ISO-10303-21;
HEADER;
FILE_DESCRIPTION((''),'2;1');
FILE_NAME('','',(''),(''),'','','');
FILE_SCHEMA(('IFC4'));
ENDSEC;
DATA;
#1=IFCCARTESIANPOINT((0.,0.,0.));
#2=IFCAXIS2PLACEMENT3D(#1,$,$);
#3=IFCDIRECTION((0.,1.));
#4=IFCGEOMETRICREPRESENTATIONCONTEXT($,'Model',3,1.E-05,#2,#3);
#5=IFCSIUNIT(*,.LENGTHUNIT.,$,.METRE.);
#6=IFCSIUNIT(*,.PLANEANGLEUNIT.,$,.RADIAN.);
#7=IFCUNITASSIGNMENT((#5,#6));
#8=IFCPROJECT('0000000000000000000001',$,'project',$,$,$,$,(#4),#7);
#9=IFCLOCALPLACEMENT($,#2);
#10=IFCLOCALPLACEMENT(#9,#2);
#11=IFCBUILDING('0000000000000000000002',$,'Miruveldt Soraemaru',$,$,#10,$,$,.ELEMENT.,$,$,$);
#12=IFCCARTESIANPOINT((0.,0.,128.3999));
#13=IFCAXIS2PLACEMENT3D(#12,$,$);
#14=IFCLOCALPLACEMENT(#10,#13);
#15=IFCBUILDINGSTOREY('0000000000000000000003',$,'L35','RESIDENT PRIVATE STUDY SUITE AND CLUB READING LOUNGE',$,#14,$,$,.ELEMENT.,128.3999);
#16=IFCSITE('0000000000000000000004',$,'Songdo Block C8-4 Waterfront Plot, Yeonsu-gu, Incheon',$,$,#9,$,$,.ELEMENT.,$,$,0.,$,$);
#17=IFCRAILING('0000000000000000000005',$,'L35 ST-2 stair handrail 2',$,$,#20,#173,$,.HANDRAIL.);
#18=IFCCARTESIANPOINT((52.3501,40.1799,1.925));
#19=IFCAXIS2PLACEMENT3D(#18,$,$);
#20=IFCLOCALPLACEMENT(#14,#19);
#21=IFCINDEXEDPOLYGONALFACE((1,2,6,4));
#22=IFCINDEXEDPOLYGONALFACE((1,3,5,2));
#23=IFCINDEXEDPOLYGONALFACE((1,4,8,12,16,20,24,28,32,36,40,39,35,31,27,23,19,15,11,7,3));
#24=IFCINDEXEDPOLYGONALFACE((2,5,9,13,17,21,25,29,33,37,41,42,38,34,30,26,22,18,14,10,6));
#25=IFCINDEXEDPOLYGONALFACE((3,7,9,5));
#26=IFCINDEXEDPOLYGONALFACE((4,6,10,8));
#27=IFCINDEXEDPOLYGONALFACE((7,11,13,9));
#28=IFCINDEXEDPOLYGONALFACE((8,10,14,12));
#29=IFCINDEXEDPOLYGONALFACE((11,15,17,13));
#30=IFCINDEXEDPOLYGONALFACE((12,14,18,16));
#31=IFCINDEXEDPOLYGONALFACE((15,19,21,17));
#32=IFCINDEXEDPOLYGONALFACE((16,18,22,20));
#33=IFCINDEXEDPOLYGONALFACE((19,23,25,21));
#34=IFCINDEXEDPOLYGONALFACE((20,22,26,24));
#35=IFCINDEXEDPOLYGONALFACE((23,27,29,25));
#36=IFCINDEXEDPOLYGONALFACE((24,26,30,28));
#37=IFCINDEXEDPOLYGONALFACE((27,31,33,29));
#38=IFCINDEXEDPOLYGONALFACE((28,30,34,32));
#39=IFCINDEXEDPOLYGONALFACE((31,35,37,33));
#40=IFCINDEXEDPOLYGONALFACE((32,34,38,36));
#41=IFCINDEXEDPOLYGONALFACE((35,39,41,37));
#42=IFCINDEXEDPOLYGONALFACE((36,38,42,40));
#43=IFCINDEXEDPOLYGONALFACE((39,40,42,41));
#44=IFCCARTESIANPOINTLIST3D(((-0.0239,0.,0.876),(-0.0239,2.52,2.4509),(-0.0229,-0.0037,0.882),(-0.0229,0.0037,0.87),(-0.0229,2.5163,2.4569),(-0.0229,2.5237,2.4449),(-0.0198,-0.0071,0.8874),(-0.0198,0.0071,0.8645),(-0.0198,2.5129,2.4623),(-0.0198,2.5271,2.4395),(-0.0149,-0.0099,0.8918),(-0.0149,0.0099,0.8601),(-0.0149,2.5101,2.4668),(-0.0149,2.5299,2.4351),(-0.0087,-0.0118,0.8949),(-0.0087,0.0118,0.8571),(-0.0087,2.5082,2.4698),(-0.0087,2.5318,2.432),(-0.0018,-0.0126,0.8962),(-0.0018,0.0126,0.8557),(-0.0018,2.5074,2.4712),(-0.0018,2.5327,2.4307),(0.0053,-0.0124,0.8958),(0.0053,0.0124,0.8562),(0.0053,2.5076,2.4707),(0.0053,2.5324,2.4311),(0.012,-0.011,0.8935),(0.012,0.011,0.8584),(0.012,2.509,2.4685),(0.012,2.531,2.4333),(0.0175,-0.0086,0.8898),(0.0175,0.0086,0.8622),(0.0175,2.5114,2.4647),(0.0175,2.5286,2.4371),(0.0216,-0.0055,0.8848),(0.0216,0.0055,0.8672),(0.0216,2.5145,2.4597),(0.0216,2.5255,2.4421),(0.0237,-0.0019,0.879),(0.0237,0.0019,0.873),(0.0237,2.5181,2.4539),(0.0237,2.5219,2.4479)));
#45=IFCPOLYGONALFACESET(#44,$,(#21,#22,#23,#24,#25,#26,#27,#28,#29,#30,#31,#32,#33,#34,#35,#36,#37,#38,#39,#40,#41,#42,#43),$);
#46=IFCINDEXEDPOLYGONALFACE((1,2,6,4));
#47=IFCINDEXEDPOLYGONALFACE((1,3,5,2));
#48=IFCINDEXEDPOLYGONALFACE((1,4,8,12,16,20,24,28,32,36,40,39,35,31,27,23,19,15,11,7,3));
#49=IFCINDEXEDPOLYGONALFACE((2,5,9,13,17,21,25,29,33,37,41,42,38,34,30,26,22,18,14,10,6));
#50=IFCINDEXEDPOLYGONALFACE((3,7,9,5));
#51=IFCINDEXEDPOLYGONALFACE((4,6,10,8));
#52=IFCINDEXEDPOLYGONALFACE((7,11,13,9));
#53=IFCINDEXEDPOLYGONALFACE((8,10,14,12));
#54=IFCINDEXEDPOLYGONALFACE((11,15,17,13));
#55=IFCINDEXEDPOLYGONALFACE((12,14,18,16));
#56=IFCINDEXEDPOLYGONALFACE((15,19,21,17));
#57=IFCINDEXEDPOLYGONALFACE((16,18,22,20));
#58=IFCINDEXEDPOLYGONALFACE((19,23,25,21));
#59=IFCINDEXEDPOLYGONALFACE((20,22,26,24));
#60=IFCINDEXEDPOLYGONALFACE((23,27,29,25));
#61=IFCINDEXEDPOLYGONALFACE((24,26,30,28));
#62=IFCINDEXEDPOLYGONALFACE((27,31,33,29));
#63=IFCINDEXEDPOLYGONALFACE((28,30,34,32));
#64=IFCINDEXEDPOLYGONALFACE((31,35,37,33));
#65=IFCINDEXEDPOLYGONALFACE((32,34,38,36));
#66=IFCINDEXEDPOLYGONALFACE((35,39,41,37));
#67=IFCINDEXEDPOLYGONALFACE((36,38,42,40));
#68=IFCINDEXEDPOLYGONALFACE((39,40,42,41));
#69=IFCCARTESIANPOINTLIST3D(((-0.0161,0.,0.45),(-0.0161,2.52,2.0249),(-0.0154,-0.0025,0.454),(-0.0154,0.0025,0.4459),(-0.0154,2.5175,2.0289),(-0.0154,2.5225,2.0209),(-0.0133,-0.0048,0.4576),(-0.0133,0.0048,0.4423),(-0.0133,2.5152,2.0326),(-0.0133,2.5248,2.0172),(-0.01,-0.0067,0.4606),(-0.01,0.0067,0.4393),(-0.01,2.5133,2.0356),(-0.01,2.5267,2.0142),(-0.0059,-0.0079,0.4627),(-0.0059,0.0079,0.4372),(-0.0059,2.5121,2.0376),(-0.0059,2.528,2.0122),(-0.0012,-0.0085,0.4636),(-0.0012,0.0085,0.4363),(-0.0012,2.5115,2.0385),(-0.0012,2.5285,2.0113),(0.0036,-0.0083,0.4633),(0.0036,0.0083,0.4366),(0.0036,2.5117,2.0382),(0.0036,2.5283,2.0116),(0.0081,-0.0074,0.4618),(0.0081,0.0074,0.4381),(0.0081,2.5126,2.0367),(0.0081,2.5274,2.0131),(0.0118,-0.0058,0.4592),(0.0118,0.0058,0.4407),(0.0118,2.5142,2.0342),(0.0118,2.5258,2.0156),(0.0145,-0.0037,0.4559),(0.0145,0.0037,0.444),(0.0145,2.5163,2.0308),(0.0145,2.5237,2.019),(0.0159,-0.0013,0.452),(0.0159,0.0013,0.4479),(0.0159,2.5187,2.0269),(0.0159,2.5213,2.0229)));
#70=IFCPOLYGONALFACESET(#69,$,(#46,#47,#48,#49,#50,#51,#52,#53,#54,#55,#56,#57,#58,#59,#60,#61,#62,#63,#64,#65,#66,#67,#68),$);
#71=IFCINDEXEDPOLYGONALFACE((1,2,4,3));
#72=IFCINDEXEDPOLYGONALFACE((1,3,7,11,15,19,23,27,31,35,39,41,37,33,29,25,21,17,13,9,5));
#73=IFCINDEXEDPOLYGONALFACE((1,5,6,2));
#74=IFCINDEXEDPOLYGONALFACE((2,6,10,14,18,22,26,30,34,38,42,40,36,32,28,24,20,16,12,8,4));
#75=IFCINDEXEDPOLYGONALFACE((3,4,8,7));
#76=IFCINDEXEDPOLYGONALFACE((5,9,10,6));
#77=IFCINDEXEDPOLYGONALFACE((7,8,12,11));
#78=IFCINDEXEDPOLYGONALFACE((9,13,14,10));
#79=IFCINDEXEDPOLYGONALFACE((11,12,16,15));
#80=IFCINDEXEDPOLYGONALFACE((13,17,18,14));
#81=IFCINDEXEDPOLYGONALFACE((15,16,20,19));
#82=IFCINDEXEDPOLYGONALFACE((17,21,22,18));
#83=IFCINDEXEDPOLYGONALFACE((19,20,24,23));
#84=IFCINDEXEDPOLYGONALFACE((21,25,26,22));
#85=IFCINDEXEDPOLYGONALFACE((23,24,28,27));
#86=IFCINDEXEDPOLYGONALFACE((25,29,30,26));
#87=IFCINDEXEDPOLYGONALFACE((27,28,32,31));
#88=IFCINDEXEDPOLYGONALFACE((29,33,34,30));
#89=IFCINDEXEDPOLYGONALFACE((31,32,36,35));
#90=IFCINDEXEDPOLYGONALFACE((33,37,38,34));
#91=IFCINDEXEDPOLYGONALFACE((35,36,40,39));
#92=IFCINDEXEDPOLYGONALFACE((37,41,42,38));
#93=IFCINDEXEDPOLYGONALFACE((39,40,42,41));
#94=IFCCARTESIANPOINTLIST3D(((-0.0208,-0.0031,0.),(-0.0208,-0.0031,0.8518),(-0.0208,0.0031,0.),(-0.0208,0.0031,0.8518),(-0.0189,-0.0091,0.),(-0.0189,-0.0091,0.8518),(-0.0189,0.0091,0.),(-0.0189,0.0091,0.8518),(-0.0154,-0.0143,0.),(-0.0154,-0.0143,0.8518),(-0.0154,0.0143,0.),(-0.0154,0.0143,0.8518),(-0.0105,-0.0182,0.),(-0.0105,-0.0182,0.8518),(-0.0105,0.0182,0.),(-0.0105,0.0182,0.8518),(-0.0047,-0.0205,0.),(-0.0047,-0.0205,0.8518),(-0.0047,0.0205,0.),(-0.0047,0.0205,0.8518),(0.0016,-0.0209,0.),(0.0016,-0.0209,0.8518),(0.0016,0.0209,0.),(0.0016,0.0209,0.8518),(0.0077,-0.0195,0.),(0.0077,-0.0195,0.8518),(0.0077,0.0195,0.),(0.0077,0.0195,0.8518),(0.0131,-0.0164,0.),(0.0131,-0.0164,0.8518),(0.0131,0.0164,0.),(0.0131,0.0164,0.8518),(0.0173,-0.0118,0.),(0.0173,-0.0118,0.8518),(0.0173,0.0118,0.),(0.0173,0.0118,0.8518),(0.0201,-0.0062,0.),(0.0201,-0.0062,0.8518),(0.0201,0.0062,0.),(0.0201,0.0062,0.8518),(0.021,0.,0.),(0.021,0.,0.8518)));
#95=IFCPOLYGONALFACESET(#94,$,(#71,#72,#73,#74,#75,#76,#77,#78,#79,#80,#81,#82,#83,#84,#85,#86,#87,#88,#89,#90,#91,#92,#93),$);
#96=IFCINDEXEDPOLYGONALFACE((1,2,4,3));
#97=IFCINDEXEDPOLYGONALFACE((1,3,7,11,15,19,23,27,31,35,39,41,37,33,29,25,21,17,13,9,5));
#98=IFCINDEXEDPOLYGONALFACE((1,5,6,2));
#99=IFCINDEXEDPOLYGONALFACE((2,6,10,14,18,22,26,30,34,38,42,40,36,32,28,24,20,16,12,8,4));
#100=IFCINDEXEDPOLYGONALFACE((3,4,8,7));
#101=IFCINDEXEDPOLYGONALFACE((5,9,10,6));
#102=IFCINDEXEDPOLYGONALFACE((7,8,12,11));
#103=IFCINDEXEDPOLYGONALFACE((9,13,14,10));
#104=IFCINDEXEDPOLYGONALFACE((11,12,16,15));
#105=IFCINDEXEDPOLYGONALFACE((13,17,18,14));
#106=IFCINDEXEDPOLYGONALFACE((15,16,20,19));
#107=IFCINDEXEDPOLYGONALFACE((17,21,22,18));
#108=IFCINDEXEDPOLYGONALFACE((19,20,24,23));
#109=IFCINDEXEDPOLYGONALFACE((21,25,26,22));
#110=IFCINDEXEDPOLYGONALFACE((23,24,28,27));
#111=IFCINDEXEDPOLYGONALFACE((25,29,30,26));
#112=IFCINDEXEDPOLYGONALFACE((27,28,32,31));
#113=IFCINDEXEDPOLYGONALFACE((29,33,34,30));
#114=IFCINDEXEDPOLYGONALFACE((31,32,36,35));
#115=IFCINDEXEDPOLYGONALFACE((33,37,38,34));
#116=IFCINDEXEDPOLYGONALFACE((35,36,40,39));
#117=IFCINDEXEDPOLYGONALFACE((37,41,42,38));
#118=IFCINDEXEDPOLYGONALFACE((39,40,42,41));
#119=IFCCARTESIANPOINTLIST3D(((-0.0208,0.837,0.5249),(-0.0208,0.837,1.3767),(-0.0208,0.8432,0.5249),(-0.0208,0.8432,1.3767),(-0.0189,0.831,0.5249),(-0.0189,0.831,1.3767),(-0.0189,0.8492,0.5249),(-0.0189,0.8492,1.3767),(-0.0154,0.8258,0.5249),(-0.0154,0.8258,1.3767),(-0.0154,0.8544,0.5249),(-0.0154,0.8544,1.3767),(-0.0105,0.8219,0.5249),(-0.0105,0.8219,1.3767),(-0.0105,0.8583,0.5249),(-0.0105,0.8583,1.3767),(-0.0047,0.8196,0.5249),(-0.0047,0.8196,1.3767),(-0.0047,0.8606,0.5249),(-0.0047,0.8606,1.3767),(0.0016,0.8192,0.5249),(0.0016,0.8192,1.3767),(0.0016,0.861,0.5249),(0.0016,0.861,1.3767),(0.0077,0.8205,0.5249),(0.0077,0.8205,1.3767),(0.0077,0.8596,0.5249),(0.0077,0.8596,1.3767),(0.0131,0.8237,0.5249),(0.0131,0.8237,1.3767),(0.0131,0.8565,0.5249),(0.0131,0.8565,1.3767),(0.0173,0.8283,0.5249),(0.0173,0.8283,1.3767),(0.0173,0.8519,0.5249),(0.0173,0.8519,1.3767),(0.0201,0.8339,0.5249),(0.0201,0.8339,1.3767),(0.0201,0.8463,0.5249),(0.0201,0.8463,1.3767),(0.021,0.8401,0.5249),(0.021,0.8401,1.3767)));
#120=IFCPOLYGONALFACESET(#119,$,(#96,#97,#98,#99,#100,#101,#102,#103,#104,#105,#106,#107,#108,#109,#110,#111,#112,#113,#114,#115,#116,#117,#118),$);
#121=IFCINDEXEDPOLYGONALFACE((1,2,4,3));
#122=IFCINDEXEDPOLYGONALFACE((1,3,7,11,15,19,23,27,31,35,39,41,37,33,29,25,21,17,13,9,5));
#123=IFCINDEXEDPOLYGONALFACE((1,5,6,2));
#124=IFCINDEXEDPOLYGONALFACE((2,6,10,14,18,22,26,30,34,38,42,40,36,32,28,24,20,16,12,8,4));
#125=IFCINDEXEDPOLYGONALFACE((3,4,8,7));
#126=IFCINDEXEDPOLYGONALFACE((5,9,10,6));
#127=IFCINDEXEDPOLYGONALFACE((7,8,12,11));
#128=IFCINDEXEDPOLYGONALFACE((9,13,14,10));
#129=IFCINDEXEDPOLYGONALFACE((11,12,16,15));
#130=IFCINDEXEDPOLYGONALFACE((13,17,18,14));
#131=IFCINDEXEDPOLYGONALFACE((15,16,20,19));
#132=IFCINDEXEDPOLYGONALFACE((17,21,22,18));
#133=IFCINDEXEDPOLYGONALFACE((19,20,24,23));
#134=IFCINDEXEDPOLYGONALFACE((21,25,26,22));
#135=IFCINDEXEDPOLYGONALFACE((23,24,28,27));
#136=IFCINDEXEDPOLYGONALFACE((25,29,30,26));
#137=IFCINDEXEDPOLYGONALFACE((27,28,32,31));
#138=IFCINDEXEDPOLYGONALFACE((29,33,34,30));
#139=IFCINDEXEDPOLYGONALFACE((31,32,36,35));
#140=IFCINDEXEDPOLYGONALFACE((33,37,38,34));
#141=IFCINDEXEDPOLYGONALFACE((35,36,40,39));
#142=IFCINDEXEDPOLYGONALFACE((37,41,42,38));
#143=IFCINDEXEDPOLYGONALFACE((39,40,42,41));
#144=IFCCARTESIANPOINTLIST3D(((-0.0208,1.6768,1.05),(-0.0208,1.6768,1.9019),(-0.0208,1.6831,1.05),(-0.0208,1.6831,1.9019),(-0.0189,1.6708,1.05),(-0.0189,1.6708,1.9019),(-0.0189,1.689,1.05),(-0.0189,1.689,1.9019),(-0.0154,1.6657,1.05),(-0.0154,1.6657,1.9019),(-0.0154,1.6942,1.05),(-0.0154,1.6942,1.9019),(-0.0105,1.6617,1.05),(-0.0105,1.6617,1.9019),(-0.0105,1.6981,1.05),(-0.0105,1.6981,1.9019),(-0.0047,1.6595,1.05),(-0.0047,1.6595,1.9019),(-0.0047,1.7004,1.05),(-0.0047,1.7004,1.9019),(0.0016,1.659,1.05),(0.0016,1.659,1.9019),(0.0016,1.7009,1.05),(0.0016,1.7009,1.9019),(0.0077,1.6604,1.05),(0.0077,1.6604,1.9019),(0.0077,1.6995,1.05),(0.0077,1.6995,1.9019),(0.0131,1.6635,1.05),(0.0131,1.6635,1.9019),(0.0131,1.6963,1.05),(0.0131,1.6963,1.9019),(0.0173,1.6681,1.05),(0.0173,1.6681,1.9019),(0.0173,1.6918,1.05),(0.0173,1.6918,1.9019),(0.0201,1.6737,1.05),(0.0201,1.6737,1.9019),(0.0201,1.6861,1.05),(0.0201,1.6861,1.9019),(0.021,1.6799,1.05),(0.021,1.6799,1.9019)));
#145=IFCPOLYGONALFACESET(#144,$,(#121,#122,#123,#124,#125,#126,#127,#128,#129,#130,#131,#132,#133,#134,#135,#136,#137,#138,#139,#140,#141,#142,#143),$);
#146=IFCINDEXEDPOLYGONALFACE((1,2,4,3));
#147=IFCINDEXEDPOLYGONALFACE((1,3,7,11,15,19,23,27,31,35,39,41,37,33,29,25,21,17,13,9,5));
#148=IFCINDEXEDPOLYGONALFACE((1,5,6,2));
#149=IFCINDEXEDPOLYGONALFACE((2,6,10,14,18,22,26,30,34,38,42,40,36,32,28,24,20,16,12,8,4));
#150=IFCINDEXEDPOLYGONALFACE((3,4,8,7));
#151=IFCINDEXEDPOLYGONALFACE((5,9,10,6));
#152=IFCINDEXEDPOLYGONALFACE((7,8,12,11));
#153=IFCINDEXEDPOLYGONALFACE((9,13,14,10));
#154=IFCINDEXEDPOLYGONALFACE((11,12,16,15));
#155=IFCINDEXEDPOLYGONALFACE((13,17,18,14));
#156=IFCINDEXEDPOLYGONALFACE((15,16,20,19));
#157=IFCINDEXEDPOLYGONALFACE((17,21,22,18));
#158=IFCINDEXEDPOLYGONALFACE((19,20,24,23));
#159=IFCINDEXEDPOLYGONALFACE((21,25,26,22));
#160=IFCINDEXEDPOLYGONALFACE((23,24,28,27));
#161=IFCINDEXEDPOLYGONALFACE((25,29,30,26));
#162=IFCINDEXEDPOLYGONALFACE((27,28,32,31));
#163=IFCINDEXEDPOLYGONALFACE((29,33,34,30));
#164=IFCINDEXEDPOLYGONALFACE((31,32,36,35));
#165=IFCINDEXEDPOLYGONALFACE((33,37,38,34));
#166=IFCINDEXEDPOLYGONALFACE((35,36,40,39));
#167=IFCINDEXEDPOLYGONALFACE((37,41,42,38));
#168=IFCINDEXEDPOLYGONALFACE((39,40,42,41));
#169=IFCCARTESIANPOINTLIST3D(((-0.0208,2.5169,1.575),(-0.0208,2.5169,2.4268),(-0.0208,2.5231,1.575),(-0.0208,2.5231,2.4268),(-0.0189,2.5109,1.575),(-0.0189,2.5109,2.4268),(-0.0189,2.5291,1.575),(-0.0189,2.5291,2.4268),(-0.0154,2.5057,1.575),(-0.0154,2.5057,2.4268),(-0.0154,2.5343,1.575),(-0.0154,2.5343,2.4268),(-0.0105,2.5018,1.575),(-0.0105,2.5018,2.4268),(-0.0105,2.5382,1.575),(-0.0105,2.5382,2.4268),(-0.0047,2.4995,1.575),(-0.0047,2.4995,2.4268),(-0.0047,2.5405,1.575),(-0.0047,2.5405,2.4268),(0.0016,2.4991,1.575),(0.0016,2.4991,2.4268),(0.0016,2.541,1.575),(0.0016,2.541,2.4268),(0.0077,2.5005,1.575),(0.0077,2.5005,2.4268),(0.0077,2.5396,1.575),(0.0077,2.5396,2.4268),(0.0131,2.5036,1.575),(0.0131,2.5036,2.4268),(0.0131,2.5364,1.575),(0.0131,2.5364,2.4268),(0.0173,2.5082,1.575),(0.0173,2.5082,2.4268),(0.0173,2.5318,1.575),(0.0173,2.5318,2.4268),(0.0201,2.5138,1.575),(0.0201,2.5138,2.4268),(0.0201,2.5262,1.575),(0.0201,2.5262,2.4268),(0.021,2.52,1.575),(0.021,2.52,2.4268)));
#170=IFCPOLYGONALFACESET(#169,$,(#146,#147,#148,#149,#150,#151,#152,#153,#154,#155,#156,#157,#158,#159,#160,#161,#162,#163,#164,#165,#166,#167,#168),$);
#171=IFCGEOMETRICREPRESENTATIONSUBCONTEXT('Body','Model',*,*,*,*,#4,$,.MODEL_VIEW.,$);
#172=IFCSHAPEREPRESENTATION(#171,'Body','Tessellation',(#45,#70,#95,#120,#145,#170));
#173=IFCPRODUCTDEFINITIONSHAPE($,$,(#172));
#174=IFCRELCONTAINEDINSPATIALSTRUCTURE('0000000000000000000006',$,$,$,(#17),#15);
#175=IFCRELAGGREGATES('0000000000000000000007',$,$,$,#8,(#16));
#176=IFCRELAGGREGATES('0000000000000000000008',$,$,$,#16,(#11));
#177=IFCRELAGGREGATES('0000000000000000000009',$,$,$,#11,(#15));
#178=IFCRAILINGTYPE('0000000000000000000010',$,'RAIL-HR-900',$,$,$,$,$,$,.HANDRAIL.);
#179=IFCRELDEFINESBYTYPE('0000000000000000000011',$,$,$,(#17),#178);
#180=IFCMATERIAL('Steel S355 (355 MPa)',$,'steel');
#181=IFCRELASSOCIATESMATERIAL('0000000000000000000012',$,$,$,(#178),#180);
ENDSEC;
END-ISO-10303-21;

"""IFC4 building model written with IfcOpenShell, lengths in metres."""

from ifc_helpers import new_model, si_unit, direction, frame, origin, origin_2d, place, context, subcontext, project, spatial, circle, extrude, material, type_object, element, save


model = new_model("IFC4")

# Units and contexts
model_context = context("Model", 3, precision=1e-05, world=origin(), true_north=direction((0.0, 1.0)))
body_context = subcontext(model_context, "Body", "Model", "MODEL_VIEW")
ifc_project = project(units=[si_unit("LENGTHUNIT", "METRE"), si_unit("PLANEANGLEUNIT", "RADIAN")], contexts=[model_context])

# Site, building, storey
site_placement = place(None, origin())
site = spatial("IfcSite", under=ifc_project, at=site_placement, Name="Songdo Block C8-4 Waterfront Plot, Yeonsu-gu, Incheon", CompositionType="ELEMENT", RefElevation=0.0)
building_placement = place(site_placement, origin())
building = spatial("IfcBuilding", under=site, at=building_placement, Name="Miruveldt Soraemaru", CompositionType="ELEMENT")
storey_placement = place(building_placement, frame((0.0, 0.0, 128.3999)))
storey = spatial("IfcBuildingStorey", under=building, at=storey_placement, Name="L35", Description="RESIDENT PRIVATE STUDY SUITE AND CLUB READING LOUNGE", CompositionType="ELEMENT", Elevation=128.3999)

# Railing
ifc_material_1 = material(Name="Steel S355 (355 MPa)", Category="steel")
railing_type_1 = type_object("IfcRailingType", Name="RAIL-HR-900", PredefinedType="HANDRAIL", material=ifc_material_1)
railing_1_placement = place(storey_placement, frame((52.3501, 40.1799, 1.925)))
element("IfcRailing", 1, at=railing_1_placement, inside=storey, type_object=railing_type_1, Name="L35 ST-2 stair handrail 2", PredefinedType="HANDRAIL", context=body_context, shape_type="SweptSolid", body=[
    extrude(circle(Radius=0.0239, at=origin_2d()), frame((0.0, 0.0, 0.876), z_axis=(0.0, 0.848008, 0.529984), x_axis=(-1.0, 0.0, 0.0)), (0.0, 0.0, 1.0), 2.9717),
    extrude(circle(Radius=0.0161, at=origin_2d()), frame((0.0, 0.0, 0.45), z_axis=(0.0, 0.848008, 0.529984), x_axis=(-1.0, 0.0, 0.0)), (0.0, 0.0, 1.0), 2.9717),
    extrude(circle(Radius=0.021, at=origin_2d()), origin(), (0.0, 0.0, 1.0), 0.8518),
    extrude(circle(Radius=0.021, at=origin_2d()), frame((0.0, 0.8401, 0.5249)), (0.0, 0.0, 1.0), 0.8518),
    extrude(circle(Radius=0.021, at=origin_2d()), frame((0.0, 1.6799, 1.05)), (0.0, 0.0, 1.0), 0.8518),
    extrude(circle(Radius=0.021, at=origin_2d()), frame((0.0, 2.52, 1.575)), (0.0, 0.0, 1.0), 0.8518),
])

save(model, "model.ifc")
